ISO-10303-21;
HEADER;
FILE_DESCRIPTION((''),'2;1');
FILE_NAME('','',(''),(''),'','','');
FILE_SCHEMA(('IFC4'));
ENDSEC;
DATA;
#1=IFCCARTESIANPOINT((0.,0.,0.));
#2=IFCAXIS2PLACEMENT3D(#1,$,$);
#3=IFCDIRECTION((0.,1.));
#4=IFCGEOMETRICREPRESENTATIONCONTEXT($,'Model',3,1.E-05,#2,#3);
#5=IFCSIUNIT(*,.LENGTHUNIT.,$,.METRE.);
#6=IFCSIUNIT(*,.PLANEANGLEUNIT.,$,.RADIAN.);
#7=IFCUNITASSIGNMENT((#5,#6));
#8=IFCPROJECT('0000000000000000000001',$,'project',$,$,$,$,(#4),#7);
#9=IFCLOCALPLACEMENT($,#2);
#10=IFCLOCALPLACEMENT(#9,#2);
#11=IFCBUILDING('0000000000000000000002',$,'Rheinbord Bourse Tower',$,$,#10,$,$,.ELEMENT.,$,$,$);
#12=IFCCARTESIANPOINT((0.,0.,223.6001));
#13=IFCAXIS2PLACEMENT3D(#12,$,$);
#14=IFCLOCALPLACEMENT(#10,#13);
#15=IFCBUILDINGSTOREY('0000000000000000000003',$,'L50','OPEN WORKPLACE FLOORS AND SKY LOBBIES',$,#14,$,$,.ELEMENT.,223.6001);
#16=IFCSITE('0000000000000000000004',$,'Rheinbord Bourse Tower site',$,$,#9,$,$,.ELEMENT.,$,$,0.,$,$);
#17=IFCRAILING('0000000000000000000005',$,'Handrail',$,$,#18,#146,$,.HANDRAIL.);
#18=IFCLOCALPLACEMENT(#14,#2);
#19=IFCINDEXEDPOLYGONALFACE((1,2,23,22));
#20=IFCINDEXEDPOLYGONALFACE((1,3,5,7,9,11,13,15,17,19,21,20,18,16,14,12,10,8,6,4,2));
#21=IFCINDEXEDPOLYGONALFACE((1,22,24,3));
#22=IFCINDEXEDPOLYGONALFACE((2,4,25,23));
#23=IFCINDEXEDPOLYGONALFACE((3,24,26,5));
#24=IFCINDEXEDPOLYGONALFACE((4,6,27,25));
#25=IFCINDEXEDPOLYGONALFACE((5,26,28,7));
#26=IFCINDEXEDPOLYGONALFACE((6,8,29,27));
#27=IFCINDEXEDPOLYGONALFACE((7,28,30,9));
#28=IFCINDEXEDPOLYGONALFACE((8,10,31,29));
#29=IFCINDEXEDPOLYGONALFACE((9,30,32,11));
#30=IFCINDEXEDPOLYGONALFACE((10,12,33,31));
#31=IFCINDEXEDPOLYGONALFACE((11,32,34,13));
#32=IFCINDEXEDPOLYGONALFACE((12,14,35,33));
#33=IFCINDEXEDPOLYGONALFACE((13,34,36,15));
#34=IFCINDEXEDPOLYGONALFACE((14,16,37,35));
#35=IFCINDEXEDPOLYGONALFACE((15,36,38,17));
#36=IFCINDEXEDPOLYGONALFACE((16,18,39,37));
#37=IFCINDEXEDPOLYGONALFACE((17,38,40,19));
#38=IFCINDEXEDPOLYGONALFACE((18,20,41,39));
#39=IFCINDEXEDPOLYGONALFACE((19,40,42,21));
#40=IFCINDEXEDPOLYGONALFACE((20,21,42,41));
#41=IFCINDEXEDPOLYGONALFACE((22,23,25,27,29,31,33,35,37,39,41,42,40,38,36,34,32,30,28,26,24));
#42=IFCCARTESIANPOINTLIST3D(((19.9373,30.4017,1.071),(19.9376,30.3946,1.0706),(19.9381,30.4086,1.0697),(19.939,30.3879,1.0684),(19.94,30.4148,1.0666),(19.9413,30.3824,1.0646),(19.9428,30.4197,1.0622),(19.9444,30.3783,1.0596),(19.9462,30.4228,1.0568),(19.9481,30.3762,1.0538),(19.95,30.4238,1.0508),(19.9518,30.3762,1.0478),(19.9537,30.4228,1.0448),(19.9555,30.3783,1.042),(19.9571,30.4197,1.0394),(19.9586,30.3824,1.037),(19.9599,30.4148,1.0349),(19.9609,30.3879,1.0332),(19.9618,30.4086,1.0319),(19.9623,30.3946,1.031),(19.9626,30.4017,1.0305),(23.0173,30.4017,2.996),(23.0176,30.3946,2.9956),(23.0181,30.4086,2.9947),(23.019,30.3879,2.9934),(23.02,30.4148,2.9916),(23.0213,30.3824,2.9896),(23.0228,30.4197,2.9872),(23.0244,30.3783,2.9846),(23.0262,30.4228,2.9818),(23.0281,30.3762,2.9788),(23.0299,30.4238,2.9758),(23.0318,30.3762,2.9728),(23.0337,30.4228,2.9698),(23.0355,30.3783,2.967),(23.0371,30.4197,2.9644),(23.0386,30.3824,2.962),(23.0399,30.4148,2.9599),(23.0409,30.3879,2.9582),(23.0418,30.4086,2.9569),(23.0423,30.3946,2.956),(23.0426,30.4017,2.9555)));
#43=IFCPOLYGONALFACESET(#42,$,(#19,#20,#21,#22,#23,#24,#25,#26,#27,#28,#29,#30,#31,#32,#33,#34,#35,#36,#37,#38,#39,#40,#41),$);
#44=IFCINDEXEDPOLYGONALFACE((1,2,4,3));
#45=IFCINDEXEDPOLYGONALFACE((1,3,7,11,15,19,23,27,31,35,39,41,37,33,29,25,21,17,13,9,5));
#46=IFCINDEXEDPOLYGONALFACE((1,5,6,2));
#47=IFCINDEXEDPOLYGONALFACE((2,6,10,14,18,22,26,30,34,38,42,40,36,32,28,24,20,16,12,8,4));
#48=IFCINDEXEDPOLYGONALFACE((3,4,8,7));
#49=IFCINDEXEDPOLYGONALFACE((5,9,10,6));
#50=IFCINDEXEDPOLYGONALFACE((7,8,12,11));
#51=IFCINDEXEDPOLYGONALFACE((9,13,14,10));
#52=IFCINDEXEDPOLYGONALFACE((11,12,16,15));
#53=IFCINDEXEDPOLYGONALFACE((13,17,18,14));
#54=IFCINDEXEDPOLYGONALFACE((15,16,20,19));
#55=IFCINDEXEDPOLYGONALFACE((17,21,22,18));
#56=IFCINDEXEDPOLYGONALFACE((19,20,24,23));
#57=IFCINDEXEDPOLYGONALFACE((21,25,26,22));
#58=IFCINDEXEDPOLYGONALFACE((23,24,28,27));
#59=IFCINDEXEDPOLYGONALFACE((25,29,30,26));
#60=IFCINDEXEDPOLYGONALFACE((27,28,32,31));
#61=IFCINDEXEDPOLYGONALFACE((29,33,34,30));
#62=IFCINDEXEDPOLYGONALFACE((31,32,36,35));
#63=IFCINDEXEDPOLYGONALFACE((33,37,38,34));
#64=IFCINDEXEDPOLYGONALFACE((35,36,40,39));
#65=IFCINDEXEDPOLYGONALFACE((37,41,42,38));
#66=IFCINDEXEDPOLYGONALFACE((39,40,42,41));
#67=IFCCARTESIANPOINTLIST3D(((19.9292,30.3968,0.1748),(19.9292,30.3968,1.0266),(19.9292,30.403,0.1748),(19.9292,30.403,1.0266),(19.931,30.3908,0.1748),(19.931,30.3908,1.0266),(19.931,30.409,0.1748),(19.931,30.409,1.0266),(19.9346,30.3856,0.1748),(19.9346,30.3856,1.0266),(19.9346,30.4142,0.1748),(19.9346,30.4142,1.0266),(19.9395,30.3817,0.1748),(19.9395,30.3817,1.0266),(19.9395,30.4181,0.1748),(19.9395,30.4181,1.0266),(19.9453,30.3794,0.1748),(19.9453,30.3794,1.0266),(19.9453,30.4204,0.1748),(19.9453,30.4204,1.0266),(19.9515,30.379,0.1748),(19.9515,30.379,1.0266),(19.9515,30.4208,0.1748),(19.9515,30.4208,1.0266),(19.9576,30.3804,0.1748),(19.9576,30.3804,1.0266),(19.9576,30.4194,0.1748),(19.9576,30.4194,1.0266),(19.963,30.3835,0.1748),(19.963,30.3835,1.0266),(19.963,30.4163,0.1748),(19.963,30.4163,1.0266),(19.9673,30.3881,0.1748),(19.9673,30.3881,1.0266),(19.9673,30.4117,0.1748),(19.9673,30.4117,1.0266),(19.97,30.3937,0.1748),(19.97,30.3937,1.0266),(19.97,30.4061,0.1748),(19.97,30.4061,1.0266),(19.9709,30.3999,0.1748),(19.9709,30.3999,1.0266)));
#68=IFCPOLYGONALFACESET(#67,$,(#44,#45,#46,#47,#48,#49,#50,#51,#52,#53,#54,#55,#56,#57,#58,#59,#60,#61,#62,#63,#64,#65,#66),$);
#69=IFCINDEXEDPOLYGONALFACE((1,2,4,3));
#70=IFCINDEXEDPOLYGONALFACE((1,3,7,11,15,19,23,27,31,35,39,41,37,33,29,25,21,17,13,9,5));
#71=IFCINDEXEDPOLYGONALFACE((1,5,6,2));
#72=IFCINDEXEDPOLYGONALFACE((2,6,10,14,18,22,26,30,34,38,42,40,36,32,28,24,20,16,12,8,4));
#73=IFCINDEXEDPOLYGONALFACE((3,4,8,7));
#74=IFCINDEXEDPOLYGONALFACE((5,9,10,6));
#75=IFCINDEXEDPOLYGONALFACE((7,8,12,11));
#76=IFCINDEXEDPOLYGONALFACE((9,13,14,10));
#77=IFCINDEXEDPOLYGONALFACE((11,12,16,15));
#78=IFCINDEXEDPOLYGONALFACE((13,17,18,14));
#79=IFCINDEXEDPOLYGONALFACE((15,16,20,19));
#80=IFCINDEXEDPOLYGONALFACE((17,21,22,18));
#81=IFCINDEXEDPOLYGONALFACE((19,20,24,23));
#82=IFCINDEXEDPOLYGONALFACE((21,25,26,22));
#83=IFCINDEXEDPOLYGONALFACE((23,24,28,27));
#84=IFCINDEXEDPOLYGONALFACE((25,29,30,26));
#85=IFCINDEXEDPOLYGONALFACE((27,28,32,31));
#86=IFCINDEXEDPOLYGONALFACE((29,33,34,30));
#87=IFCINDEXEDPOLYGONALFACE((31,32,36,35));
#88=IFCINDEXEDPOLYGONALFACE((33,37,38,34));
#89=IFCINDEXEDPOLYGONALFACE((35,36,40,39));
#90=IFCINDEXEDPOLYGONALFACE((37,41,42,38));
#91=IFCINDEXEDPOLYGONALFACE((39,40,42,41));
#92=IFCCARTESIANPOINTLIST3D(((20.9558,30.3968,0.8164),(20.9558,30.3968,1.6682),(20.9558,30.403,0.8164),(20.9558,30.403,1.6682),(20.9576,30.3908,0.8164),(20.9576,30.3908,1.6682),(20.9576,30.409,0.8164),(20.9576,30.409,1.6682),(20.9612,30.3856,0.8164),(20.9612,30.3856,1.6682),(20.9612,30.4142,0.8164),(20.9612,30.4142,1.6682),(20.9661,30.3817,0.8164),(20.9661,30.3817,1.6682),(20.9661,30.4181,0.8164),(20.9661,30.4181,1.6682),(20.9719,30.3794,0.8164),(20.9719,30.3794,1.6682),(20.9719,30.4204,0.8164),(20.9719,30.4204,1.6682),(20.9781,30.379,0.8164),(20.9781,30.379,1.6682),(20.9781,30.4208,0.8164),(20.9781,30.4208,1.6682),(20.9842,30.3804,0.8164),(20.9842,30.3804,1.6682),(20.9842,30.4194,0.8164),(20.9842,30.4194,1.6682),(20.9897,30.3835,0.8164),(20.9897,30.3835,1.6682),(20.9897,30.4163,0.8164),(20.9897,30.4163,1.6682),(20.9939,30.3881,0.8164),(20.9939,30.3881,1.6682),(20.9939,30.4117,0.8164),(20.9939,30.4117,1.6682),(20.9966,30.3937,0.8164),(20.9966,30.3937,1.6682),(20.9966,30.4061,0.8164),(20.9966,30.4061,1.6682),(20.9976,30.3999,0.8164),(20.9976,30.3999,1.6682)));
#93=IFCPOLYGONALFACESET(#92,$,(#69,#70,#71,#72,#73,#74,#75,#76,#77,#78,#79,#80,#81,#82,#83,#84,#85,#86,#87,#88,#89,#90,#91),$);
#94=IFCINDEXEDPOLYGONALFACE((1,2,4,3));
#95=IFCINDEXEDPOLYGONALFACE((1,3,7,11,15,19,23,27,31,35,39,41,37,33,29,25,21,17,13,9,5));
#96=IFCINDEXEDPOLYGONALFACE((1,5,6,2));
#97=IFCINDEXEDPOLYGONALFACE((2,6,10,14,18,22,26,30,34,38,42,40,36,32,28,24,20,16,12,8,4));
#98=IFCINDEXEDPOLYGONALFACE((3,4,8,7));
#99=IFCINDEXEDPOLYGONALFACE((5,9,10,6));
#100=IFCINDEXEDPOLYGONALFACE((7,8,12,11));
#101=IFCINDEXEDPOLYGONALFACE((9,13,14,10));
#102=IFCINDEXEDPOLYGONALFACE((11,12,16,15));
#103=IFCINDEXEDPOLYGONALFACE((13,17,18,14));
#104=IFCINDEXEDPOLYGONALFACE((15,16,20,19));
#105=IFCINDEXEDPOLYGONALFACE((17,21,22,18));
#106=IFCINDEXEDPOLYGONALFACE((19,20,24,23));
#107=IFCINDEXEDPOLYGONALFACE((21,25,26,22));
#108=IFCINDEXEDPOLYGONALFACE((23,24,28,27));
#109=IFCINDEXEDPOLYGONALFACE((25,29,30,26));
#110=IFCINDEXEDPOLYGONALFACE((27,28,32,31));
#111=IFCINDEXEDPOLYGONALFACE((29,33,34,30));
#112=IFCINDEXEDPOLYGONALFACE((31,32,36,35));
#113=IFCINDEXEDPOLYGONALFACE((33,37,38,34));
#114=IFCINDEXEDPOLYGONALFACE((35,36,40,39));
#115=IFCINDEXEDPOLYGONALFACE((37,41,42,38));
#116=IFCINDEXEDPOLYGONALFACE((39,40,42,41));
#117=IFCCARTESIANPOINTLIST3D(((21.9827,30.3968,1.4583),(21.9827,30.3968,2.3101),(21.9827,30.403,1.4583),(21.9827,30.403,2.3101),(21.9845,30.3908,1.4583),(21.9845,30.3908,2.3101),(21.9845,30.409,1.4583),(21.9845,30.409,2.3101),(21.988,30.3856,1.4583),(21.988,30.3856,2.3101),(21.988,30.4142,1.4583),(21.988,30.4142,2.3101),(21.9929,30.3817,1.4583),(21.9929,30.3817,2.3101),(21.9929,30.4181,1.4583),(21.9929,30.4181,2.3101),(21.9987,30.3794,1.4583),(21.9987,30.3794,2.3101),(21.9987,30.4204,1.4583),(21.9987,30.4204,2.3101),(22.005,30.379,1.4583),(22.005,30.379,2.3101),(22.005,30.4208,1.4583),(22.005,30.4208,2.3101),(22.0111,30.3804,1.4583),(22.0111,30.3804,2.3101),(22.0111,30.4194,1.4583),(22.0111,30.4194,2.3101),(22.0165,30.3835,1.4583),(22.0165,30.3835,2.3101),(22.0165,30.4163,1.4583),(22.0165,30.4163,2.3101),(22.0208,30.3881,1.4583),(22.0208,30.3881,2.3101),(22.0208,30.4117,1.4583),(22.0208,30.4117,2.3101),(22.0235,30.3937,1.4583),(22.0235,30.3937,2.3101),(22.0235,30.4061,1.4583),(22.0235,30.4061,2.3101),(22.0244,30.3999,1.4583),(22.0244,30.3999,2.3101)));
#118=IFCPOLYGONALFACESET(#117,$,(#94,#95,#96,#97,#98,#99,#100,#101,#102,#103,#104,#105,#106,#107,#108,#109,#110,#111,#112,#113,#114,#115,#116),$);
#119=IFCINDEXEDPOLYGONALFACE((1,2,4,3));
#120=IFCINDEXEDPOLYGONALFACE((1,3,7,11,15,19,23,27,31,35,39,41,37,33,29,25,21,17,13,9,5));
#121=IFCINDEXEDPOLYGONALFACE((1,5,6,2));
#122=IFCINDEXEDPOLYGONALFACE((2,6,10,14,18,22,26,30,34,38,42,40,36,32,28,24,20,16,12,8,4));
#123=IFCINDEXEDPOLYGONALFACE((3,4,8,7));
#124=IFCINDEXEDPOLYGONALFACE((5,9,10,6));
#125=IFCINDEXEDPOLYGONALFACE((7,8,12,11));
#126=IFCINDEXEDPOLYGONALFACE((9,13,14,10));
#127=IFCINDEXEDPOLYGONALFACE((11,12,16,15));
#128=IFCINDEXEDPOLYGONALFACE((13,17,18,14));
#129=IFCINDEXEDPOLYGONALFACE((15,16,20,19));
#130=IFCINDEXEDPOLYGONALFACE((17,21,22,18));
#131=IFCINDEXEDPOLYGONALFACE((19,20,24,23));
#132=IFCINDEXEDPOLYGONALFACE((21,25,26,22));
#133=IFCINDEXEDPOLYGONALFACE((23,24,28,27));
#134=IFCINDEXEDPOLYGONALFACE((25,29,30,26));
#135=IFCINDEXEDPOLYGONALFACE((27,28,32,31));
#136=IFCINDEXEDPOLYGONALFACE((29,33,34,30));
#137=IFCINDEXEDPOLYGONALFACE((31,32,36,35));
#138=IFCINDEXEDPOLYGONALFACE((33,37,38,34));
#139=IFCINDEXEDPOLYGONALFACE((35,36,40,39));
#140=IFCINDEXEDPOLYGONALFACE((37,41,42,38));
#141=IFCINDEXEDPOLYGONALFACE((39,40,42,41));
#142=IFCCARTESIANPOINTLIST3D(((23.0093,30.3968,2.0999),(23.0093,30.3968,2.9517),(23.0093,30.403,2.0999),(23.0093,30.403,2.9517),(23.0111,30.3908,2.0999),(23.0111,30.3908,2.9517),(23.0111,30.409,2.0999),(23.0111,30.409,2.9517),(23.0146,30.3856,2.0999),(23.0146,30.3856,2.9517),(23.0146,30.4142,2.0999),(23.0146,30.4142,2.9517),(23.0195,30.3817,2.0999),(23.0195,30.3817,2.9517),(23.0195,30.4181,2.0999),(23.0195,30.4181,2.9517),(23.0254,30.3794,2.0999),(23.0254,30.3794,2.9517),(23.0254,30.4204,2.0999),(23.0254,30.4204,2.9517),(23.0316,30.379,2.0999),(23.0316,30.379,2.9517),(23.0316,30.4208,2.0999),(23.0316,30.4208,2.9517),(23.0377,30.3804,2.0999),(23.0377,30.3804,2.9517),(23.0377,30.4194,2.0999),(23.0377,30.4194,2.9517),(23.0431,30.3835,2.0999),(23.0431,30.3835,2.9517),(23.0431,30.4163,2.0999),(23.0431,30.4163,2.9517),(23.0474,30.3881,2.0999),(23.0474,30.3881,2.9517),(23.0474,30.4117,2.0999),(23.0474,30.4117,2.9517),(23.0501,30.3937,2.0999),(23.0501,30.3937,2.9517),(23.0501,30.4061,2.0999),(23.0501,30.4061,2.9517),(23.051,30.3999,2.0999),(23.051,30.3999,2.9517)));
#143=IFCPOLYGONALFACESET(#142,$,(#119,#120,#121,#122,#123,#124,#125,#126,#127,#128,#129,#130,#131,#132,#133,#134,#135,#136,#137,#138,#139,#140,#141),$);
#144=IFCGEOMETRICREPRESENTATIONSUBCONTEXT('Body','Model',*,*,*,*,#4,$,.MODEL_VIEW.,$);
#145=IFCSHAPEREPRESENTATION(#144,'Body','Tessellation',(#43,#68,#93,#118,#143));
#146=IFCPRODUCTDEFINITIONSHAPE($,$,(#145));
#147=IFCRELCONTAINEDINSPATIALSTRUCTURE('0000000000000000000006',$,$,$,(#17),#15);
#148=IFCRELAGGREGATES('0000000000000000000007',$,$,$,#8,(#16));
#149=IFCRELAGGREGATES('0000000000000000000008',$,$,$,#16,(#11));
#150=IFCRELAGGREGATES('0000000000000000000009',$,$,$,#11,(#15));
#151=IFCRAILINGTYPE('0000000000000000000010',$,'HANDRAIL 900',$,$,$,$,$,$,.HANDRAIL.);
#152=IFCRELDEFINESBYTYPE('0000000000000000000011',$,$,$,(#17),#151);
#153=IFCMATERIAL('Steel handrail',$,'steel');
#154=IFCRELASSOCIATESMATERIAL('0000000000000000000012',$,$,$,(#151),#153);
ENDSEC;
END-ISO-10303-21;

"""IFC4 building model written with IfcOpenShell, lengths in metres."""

from ifc_helpers import new_model, si_unit, direction, frame, origin, origin_2d, place, context, subcontext, project, spatial, circle, extrude, material, type_object, element, save


model = new_model("IFC4")

# Units and contexts
model_context = context("Model", 3, precision=1e-05, world=origin(), true_north=direction((0.0, 1.0)))
body_context = subcontext(model_context, "Body", "Model", "MODEL_VIEW")
ifc_project = project(units=[si_unit("LENGTHUNIT", "METRE"), si_unit("PLANEANGLEUNIT", "RADIAN")], contexts=[model_context])

# Site, building, storey
site_placement = place(None, origin())
site = spatial("IfcSite", under=ifc_project, at=site_placement, Name="Rheinbord Bourse Tower site", CompositionType="ELEMENT", RefElevation=0.0)
building_placement = place(site_placement, origin())
building = spatial("IfcBuilding", under=site, at=building_placement, Name="Rheinbord Bourse Tower", CompositionType="ELEMENT")
storey_placement = place(building_placement, frame((0.0, 0.0, 223.6001)))
storey = spatial("IfcBuildingStorey", under=building, at=storey_placement, Name="L50", Description="OPEN WORKPLACE FLOORS AND SKY LOBBIES", CompositionType="ELEMENT", Elevation=223.6001)

# Railing
ifc_material_1 = material(Name="Steel handrail", Category="steel")
railing_type = type_object("IfcRailingType", Name="HANDRAIL 900", PredefinedType="HANDRAIL", material=ifc_material_1)
railing_1_placement = place(storey_placement, frame((19.95, 30.3999, 0.1748)))
element("IfcRailing", 1, at=railing_1_placement, inside=storey, type_object=railing_type, Name="Handrail", PredefinedType="HANDRAIL", context=body_context, shape_type="SweptSolid", body=[
    extrude(circle(Radius=0.0239, at=origin_2d()), frame((0.0, 0.0, 0.876), z_axis=(0.847998, 0.0, 0.529999), x_axis=(0.0, 1.0, 0.0)), (0.0, 0.0, 1.0), 3.6321),
    extrude(circle(Radius=0.021, at=origin_2d()), origin(), (0.0, 0.0, 1.0), 0.8518),
    extrude(circle(Radius=0.021, at=origin_2d()), frame((1.0266, 0.0, 0.6416)), (0.0, 0.0, 1.0), 0.8518),
    extrude(circle(Radius=0.021, at=origin_2d()), frame((2.0535, 0.0, 1.2834)), (0.0, 0.0, 1.0), 0.8518),
    extrude(circle(Radius=0.021, at=origin_2d()), frame((3.0801, 0.0, 1.925)), (0.0, 0.0, 1.0), 0.8518),
])

save(model, "model.ifc")
